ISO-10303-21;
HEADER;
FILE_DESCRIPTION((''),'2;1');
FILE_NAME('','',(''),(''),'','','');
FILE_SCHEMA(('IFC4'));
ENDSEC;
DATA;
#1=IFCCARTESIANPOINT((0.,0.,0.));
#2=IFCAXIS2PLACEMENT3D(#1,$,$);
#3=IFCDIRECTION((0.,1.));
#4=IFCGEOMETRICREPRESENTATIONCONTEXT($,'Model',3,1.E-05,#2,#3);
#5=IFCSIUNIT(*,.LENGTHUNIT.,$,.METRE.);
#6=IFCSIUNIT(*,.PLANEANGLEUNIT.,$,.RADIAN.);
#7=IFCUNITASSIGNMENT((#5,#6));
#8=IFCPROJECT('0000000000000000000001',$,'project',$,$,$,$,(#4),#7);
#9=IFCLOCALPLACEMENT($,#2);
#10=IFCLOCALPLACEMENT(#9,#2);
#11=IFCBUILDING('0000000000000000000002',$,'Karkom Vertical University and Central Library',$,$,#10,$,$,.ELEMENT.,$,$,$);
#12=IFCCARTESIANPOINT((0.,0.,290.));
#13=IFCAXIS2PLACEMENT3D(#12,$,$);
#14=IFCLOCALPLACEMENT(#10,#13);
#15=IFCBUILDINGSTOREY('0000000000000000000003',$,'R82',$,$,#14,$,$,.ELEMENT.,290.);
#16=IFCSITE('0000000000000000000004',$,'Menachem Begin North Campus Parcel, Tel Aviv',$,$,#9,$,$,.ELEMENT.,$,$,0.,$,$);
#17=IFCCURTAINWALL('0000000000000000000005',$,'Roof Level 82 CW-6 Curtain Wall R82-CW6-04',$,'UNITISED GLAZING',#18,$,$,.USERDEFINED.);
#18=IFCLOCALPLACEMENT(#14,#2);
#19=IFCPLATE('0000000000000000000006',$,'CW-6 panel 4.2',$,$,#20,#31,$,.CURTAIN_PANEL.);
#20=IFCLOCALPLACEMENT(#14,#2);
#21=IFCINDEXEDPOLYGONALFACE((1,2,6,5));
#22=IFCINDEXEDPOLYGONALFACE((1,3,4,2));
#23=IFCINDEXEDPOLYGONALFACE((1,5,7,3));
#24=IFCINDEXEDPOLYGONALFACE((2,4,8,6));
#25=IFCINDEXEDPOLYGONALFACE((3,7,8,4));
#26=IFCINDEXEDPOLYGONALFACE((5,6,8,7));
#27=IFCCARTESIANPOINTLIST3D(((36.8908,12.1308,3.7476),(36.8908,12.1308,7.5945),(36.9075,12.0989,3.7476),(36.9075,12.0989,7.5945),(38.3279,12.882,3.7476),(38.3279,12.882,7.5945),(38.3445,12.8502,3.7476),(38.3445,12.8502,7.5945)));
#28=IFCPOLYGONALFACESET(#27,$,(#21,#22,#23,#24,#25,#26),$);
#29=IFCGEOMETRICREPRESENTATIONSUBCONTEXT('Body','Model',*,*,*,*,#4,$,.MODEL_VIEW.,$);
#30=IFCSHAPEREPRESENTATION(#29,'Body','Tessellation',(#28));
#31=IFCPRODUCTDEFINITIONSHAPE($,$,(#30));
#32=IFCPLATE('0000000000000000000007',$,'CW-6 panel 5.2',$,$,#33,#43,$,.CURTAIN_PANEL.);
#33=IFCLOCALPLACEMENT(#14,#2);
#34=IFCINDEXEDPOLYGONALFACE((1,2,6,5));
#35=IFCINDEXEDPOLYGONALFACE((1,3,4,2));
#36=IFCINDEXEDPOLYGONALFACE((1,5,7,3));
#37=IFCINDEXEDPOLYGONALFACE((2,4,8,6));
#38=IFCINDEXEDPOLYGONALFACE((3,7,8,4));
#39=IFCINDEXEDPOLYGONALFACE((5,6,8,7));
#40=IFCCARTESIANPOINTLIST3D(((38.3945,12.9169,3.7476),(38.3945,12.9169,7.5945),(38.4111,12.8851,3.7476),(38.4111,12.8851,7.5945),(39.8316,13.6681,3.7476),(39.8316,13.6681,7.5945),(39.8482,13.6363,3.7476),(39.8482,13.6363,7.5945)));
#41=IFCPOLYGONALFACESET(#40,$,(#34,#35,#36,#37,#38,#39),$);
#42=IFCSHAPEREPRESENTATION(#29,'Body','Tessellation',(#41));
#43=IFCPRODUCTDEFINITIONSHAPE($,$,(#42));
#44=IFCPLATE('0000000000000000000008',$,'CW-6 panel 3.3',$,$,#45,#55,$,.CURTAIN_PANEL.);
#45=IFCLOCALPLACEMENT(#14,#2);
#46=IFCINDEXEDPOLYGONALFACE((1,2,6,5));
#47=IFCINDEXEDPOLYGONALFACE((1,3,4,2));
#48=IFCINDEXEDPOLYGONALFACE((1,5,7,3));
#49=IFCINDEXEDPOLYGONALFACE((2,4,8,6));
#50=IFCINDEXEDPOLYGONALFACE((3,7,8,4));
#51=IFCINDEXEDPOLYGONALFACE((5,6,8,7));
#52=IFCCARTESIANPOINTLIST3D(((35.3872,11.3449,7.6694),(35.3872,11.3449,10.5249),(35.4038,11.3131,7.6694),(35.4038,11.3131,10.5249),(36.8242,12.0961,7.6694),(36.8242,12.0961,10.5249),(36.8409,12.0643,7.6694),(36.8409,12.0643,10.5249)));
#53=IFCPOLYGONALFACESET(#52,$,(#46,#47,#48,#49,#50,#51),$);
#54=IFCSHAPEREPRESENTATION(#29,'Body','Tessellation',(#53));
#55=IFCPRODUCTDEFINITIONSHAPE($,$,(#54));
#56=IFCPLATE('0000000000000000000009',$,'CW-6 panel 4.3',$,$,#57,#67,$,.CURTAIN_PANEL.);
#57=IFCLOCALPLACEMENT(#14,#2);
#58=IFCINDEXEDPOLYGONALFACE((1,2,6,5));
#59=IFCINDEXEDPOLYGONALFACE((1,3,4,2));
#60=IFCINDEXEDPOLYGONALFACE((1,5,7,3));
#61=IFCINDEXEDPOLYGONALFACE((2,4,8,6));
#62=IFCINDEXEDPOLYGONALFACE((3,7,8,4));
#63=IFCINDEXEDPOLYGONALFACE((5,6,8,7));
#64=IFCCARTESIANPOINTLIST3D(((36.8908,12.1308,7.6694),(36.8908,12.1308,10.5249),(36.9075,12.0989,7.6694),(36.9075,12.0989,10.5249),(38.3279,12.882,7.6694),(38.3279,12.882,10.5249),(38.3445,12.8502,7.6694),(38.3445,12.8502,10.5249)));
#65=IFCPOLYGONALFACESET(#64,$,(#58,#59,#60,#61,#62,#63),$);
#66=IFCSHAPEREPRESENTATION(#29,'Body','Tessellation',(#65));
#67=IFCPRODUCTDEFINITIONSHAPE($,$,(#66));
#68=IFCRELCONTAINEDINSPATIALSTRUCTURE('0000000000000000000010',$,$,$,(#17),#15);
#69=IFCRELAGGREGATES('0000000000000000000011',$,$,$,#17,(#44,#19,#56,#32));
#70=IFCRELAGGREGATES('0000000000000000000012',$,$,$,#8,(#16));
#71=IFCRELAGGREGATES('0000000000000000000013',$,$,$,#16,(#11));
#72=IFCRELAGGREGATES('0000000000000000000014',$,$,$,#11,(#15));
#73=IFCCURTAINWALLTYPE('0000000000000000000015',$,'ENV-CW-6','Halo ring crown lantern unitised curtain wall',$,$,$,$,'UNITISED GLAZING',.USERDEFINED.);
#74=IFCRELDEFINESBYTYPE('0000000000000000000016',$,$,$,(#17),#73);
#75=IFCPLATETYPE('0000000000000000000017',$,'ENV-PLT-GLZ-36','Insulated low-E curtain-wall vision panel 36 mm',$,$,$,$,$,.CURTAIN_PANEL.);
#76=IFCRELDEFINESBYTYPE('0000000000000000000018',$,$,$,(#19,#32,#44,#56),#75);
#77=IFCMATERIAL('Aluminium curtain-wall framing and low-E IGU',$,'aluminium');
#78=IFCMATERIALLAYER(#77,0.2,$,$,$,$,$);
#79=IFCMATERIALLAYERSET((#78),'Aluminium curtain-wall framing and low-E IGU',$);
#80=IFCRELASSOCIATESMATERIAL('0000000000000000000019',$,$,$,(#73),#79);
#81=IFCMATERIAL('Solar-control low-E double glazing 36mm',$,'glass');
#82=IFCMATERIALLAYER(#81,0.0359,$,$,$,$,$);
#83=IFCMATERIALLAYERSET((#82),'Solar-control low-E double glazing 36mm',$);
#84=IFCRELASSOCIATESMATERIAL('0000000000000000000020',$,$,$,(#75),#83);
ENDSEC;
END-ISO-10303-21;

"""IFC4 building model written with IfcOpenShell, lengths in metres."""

from ifc_helpers import new_model, si_unit, direction, frame, origin, origin_with_axes, origin_2d, place, context, subcontext, project, spatial, rectangle, extrude, source, transform, mapped, material, layer, layer_set, type_object, element, aggregate, save


model = new_model("IFC4")

# Units and contexts
model_context = context("Model", 3, precision=1e-05, world=origin(), true_north=direction((0.0, 1.0)))
body_context = subcontext(model_context, "Body", "Model", "MODEL_VIEW")
ifc_project = project(units=[si_unit("LENGTHUNIT", "METRE"), si_unit("PLANEANGLEUNIT", "RADIAN")], contexts=[model_context])

# Site, building, storey
site_placement = place(None, origin())
site = spatial("IfcSite", under=ifc_project, at=site_placement, Name="Menachem Begin North Campus Parcel, Tel Aviv", CompositionType="ELEMENT", RefElevation=0.0)
building_placement = place(site_placement, origin())
building = spatial("IfcBuilding", under=site, at=building_placement, Name="Karkom Vertical University and Central Library", CompositionType="ELEMENT")
storey_placement = place(building_placement, frame((0.0, 0.0, 290.0)))
storey = spatial("IfcBuildingStorey", under=building, at=storey_placement, Name="R82", CompositionType="ELEMENT", Elevation=290.0)

# Curtain wall, plates
ifc_material_1 = material(Name="Aluminium curtain-wall framing and low-E IGU", Category="aluminium")
ifc_layer_1 = layer(ifc_material_1, 0.2)
ifc_layer_set_1 = layer_set([ifc_layer_1], Name="Aluminium curtain-wall framing and low-E IGU")
curtain_wall_type = type_object("IfcCurtainWallType", Name="ENV-CW-6", Description="Halo ring crown lantern unitised curtain wall", ElementType="UNITISED GLAZING", PredefinedType="USERDEFINED", material=ifc_layer_set_1)
curtain_wall_placement = place(storey_placement, origin())
curtain_wall = element("IfcCurtainWall", 1, at=curtain_wall_placement, inside=storey, type_object=curtain_wall_type, Name="Roof Level 82 CW-6 Curtain Wall R82-CW6-04", ObjectType="UNITISED GLAZING", PredefinedType="USERDEFINED")
ifc_material_2 = material(Name="Solar-control low-E double glazing 36mm", Category="glass")
ifc_layer_2 = layer(ifc_material_2, 0.0359)
ifc_layer_set_2 = layer_set([ifc_layer_2], Name="Solar-control low-E double glazing 36mm")
plate_type = type_object("IfcPlateType", Name="ENV-PLT-GLZ-36", Description="Insulated low-E curtain-wall vision panel 36 mm", PredefinedType="CURTAIN_PANEL", material=ifc_layer_set_2)
shared_shape_1 = source(origin_with_axes(), body_context, "Body", "SweptSolid", [
    extrude(rectangle(XDim=1.6216, YDim=0.0359, at=origin_2d()), origin(), (0.0, 0.0, 1.0), 3.8469),
])
plate_1_placement = place(storey_placement, frame((37.6177, 12.4905, 3.7476), z_axis=(0.0, 0.0, 1.0), x_axis=(0.88621, 0.463284, 0.0)))
plate_1 = element("IfcPlate", 2, at=plate_1_placement, type_object=plate_type, Name="CW-6 panel 4.2", PredefinedType="CURTAIN_PANEL", context=body_context, shape_type="MappedRepresentation", body=[
    mapped(shared_shape_1, transform((0.0, 0.0, 0.0), scale=1.0)),
])
plate_2_placement = place(storey_placement, frame((39.1213, 13.2766, 3.7476), z_axis=(0.0, 0.0, 1.0), x_axis=(0.88621, 0.463284, 0.0)))
plate_2 = element("IfcPlate", 3, at=plate_2_placement, type_object=plate_type, Name="CW-6 panel 5.2", PredefinedType="CURTAIN_PANEL", context=body_context, shape_type="MappedRepresentation", body=[
    mapped(shared_shape_1, transform((0.0, 0.0, 0.0), scale=1.0)),
])
shared_shape_2 = source(origin_with_axes(), body_context, "Body", "SweptSolid", [
    extrude(rectangle(XDim=1.6216, YDim=0.0359, at=origin_2d()), origin(), (0.0, 0.0, 1.0), 2.8555),
])
plate_3_placement = place(storey_placement, frame((36.114, 11.7046, 7.6694), z_axis=(0.0, 0.0, 1.0), x_axis=(0.88621, 0.463284, 0.0)))
plate_3 = element("IfcPlate", 4, at=plate_3_placement, type_object=plate_type, Name="CW-6 panel 3.3", PredefinedType="CURTAIN_PANEL", context=body_context, shape_type="MappedRepresentation", body=[
    mapped(shared_shape_2, transform((0.0, 0.0, 0.0), scale=1.0)),
])
plate_4_placement = place(storey_placement, frame((37.6177, 12.4905, 7.6694), z_axis=(0.0, 0.0, 1.0), x_axis=(0.88621, 0.463284, 0.0)))
plate_4 = element("IfcPlate", 5, at=plate_4_placement, type_object=plate_type, Name="CW-6 panel 4.3", PredefinedType="CURTAIN_PANEL", context=body_context, shape_type="MappedRepresentation", body=[
    mapped(shared_shape_2, transform((0.0, 0.0, 0.0), scale=1.0)),
])
aggregate(curtain_wall, [plate_3, plate_1, plate_4, plate_2])

save(model, "model.ifc")
